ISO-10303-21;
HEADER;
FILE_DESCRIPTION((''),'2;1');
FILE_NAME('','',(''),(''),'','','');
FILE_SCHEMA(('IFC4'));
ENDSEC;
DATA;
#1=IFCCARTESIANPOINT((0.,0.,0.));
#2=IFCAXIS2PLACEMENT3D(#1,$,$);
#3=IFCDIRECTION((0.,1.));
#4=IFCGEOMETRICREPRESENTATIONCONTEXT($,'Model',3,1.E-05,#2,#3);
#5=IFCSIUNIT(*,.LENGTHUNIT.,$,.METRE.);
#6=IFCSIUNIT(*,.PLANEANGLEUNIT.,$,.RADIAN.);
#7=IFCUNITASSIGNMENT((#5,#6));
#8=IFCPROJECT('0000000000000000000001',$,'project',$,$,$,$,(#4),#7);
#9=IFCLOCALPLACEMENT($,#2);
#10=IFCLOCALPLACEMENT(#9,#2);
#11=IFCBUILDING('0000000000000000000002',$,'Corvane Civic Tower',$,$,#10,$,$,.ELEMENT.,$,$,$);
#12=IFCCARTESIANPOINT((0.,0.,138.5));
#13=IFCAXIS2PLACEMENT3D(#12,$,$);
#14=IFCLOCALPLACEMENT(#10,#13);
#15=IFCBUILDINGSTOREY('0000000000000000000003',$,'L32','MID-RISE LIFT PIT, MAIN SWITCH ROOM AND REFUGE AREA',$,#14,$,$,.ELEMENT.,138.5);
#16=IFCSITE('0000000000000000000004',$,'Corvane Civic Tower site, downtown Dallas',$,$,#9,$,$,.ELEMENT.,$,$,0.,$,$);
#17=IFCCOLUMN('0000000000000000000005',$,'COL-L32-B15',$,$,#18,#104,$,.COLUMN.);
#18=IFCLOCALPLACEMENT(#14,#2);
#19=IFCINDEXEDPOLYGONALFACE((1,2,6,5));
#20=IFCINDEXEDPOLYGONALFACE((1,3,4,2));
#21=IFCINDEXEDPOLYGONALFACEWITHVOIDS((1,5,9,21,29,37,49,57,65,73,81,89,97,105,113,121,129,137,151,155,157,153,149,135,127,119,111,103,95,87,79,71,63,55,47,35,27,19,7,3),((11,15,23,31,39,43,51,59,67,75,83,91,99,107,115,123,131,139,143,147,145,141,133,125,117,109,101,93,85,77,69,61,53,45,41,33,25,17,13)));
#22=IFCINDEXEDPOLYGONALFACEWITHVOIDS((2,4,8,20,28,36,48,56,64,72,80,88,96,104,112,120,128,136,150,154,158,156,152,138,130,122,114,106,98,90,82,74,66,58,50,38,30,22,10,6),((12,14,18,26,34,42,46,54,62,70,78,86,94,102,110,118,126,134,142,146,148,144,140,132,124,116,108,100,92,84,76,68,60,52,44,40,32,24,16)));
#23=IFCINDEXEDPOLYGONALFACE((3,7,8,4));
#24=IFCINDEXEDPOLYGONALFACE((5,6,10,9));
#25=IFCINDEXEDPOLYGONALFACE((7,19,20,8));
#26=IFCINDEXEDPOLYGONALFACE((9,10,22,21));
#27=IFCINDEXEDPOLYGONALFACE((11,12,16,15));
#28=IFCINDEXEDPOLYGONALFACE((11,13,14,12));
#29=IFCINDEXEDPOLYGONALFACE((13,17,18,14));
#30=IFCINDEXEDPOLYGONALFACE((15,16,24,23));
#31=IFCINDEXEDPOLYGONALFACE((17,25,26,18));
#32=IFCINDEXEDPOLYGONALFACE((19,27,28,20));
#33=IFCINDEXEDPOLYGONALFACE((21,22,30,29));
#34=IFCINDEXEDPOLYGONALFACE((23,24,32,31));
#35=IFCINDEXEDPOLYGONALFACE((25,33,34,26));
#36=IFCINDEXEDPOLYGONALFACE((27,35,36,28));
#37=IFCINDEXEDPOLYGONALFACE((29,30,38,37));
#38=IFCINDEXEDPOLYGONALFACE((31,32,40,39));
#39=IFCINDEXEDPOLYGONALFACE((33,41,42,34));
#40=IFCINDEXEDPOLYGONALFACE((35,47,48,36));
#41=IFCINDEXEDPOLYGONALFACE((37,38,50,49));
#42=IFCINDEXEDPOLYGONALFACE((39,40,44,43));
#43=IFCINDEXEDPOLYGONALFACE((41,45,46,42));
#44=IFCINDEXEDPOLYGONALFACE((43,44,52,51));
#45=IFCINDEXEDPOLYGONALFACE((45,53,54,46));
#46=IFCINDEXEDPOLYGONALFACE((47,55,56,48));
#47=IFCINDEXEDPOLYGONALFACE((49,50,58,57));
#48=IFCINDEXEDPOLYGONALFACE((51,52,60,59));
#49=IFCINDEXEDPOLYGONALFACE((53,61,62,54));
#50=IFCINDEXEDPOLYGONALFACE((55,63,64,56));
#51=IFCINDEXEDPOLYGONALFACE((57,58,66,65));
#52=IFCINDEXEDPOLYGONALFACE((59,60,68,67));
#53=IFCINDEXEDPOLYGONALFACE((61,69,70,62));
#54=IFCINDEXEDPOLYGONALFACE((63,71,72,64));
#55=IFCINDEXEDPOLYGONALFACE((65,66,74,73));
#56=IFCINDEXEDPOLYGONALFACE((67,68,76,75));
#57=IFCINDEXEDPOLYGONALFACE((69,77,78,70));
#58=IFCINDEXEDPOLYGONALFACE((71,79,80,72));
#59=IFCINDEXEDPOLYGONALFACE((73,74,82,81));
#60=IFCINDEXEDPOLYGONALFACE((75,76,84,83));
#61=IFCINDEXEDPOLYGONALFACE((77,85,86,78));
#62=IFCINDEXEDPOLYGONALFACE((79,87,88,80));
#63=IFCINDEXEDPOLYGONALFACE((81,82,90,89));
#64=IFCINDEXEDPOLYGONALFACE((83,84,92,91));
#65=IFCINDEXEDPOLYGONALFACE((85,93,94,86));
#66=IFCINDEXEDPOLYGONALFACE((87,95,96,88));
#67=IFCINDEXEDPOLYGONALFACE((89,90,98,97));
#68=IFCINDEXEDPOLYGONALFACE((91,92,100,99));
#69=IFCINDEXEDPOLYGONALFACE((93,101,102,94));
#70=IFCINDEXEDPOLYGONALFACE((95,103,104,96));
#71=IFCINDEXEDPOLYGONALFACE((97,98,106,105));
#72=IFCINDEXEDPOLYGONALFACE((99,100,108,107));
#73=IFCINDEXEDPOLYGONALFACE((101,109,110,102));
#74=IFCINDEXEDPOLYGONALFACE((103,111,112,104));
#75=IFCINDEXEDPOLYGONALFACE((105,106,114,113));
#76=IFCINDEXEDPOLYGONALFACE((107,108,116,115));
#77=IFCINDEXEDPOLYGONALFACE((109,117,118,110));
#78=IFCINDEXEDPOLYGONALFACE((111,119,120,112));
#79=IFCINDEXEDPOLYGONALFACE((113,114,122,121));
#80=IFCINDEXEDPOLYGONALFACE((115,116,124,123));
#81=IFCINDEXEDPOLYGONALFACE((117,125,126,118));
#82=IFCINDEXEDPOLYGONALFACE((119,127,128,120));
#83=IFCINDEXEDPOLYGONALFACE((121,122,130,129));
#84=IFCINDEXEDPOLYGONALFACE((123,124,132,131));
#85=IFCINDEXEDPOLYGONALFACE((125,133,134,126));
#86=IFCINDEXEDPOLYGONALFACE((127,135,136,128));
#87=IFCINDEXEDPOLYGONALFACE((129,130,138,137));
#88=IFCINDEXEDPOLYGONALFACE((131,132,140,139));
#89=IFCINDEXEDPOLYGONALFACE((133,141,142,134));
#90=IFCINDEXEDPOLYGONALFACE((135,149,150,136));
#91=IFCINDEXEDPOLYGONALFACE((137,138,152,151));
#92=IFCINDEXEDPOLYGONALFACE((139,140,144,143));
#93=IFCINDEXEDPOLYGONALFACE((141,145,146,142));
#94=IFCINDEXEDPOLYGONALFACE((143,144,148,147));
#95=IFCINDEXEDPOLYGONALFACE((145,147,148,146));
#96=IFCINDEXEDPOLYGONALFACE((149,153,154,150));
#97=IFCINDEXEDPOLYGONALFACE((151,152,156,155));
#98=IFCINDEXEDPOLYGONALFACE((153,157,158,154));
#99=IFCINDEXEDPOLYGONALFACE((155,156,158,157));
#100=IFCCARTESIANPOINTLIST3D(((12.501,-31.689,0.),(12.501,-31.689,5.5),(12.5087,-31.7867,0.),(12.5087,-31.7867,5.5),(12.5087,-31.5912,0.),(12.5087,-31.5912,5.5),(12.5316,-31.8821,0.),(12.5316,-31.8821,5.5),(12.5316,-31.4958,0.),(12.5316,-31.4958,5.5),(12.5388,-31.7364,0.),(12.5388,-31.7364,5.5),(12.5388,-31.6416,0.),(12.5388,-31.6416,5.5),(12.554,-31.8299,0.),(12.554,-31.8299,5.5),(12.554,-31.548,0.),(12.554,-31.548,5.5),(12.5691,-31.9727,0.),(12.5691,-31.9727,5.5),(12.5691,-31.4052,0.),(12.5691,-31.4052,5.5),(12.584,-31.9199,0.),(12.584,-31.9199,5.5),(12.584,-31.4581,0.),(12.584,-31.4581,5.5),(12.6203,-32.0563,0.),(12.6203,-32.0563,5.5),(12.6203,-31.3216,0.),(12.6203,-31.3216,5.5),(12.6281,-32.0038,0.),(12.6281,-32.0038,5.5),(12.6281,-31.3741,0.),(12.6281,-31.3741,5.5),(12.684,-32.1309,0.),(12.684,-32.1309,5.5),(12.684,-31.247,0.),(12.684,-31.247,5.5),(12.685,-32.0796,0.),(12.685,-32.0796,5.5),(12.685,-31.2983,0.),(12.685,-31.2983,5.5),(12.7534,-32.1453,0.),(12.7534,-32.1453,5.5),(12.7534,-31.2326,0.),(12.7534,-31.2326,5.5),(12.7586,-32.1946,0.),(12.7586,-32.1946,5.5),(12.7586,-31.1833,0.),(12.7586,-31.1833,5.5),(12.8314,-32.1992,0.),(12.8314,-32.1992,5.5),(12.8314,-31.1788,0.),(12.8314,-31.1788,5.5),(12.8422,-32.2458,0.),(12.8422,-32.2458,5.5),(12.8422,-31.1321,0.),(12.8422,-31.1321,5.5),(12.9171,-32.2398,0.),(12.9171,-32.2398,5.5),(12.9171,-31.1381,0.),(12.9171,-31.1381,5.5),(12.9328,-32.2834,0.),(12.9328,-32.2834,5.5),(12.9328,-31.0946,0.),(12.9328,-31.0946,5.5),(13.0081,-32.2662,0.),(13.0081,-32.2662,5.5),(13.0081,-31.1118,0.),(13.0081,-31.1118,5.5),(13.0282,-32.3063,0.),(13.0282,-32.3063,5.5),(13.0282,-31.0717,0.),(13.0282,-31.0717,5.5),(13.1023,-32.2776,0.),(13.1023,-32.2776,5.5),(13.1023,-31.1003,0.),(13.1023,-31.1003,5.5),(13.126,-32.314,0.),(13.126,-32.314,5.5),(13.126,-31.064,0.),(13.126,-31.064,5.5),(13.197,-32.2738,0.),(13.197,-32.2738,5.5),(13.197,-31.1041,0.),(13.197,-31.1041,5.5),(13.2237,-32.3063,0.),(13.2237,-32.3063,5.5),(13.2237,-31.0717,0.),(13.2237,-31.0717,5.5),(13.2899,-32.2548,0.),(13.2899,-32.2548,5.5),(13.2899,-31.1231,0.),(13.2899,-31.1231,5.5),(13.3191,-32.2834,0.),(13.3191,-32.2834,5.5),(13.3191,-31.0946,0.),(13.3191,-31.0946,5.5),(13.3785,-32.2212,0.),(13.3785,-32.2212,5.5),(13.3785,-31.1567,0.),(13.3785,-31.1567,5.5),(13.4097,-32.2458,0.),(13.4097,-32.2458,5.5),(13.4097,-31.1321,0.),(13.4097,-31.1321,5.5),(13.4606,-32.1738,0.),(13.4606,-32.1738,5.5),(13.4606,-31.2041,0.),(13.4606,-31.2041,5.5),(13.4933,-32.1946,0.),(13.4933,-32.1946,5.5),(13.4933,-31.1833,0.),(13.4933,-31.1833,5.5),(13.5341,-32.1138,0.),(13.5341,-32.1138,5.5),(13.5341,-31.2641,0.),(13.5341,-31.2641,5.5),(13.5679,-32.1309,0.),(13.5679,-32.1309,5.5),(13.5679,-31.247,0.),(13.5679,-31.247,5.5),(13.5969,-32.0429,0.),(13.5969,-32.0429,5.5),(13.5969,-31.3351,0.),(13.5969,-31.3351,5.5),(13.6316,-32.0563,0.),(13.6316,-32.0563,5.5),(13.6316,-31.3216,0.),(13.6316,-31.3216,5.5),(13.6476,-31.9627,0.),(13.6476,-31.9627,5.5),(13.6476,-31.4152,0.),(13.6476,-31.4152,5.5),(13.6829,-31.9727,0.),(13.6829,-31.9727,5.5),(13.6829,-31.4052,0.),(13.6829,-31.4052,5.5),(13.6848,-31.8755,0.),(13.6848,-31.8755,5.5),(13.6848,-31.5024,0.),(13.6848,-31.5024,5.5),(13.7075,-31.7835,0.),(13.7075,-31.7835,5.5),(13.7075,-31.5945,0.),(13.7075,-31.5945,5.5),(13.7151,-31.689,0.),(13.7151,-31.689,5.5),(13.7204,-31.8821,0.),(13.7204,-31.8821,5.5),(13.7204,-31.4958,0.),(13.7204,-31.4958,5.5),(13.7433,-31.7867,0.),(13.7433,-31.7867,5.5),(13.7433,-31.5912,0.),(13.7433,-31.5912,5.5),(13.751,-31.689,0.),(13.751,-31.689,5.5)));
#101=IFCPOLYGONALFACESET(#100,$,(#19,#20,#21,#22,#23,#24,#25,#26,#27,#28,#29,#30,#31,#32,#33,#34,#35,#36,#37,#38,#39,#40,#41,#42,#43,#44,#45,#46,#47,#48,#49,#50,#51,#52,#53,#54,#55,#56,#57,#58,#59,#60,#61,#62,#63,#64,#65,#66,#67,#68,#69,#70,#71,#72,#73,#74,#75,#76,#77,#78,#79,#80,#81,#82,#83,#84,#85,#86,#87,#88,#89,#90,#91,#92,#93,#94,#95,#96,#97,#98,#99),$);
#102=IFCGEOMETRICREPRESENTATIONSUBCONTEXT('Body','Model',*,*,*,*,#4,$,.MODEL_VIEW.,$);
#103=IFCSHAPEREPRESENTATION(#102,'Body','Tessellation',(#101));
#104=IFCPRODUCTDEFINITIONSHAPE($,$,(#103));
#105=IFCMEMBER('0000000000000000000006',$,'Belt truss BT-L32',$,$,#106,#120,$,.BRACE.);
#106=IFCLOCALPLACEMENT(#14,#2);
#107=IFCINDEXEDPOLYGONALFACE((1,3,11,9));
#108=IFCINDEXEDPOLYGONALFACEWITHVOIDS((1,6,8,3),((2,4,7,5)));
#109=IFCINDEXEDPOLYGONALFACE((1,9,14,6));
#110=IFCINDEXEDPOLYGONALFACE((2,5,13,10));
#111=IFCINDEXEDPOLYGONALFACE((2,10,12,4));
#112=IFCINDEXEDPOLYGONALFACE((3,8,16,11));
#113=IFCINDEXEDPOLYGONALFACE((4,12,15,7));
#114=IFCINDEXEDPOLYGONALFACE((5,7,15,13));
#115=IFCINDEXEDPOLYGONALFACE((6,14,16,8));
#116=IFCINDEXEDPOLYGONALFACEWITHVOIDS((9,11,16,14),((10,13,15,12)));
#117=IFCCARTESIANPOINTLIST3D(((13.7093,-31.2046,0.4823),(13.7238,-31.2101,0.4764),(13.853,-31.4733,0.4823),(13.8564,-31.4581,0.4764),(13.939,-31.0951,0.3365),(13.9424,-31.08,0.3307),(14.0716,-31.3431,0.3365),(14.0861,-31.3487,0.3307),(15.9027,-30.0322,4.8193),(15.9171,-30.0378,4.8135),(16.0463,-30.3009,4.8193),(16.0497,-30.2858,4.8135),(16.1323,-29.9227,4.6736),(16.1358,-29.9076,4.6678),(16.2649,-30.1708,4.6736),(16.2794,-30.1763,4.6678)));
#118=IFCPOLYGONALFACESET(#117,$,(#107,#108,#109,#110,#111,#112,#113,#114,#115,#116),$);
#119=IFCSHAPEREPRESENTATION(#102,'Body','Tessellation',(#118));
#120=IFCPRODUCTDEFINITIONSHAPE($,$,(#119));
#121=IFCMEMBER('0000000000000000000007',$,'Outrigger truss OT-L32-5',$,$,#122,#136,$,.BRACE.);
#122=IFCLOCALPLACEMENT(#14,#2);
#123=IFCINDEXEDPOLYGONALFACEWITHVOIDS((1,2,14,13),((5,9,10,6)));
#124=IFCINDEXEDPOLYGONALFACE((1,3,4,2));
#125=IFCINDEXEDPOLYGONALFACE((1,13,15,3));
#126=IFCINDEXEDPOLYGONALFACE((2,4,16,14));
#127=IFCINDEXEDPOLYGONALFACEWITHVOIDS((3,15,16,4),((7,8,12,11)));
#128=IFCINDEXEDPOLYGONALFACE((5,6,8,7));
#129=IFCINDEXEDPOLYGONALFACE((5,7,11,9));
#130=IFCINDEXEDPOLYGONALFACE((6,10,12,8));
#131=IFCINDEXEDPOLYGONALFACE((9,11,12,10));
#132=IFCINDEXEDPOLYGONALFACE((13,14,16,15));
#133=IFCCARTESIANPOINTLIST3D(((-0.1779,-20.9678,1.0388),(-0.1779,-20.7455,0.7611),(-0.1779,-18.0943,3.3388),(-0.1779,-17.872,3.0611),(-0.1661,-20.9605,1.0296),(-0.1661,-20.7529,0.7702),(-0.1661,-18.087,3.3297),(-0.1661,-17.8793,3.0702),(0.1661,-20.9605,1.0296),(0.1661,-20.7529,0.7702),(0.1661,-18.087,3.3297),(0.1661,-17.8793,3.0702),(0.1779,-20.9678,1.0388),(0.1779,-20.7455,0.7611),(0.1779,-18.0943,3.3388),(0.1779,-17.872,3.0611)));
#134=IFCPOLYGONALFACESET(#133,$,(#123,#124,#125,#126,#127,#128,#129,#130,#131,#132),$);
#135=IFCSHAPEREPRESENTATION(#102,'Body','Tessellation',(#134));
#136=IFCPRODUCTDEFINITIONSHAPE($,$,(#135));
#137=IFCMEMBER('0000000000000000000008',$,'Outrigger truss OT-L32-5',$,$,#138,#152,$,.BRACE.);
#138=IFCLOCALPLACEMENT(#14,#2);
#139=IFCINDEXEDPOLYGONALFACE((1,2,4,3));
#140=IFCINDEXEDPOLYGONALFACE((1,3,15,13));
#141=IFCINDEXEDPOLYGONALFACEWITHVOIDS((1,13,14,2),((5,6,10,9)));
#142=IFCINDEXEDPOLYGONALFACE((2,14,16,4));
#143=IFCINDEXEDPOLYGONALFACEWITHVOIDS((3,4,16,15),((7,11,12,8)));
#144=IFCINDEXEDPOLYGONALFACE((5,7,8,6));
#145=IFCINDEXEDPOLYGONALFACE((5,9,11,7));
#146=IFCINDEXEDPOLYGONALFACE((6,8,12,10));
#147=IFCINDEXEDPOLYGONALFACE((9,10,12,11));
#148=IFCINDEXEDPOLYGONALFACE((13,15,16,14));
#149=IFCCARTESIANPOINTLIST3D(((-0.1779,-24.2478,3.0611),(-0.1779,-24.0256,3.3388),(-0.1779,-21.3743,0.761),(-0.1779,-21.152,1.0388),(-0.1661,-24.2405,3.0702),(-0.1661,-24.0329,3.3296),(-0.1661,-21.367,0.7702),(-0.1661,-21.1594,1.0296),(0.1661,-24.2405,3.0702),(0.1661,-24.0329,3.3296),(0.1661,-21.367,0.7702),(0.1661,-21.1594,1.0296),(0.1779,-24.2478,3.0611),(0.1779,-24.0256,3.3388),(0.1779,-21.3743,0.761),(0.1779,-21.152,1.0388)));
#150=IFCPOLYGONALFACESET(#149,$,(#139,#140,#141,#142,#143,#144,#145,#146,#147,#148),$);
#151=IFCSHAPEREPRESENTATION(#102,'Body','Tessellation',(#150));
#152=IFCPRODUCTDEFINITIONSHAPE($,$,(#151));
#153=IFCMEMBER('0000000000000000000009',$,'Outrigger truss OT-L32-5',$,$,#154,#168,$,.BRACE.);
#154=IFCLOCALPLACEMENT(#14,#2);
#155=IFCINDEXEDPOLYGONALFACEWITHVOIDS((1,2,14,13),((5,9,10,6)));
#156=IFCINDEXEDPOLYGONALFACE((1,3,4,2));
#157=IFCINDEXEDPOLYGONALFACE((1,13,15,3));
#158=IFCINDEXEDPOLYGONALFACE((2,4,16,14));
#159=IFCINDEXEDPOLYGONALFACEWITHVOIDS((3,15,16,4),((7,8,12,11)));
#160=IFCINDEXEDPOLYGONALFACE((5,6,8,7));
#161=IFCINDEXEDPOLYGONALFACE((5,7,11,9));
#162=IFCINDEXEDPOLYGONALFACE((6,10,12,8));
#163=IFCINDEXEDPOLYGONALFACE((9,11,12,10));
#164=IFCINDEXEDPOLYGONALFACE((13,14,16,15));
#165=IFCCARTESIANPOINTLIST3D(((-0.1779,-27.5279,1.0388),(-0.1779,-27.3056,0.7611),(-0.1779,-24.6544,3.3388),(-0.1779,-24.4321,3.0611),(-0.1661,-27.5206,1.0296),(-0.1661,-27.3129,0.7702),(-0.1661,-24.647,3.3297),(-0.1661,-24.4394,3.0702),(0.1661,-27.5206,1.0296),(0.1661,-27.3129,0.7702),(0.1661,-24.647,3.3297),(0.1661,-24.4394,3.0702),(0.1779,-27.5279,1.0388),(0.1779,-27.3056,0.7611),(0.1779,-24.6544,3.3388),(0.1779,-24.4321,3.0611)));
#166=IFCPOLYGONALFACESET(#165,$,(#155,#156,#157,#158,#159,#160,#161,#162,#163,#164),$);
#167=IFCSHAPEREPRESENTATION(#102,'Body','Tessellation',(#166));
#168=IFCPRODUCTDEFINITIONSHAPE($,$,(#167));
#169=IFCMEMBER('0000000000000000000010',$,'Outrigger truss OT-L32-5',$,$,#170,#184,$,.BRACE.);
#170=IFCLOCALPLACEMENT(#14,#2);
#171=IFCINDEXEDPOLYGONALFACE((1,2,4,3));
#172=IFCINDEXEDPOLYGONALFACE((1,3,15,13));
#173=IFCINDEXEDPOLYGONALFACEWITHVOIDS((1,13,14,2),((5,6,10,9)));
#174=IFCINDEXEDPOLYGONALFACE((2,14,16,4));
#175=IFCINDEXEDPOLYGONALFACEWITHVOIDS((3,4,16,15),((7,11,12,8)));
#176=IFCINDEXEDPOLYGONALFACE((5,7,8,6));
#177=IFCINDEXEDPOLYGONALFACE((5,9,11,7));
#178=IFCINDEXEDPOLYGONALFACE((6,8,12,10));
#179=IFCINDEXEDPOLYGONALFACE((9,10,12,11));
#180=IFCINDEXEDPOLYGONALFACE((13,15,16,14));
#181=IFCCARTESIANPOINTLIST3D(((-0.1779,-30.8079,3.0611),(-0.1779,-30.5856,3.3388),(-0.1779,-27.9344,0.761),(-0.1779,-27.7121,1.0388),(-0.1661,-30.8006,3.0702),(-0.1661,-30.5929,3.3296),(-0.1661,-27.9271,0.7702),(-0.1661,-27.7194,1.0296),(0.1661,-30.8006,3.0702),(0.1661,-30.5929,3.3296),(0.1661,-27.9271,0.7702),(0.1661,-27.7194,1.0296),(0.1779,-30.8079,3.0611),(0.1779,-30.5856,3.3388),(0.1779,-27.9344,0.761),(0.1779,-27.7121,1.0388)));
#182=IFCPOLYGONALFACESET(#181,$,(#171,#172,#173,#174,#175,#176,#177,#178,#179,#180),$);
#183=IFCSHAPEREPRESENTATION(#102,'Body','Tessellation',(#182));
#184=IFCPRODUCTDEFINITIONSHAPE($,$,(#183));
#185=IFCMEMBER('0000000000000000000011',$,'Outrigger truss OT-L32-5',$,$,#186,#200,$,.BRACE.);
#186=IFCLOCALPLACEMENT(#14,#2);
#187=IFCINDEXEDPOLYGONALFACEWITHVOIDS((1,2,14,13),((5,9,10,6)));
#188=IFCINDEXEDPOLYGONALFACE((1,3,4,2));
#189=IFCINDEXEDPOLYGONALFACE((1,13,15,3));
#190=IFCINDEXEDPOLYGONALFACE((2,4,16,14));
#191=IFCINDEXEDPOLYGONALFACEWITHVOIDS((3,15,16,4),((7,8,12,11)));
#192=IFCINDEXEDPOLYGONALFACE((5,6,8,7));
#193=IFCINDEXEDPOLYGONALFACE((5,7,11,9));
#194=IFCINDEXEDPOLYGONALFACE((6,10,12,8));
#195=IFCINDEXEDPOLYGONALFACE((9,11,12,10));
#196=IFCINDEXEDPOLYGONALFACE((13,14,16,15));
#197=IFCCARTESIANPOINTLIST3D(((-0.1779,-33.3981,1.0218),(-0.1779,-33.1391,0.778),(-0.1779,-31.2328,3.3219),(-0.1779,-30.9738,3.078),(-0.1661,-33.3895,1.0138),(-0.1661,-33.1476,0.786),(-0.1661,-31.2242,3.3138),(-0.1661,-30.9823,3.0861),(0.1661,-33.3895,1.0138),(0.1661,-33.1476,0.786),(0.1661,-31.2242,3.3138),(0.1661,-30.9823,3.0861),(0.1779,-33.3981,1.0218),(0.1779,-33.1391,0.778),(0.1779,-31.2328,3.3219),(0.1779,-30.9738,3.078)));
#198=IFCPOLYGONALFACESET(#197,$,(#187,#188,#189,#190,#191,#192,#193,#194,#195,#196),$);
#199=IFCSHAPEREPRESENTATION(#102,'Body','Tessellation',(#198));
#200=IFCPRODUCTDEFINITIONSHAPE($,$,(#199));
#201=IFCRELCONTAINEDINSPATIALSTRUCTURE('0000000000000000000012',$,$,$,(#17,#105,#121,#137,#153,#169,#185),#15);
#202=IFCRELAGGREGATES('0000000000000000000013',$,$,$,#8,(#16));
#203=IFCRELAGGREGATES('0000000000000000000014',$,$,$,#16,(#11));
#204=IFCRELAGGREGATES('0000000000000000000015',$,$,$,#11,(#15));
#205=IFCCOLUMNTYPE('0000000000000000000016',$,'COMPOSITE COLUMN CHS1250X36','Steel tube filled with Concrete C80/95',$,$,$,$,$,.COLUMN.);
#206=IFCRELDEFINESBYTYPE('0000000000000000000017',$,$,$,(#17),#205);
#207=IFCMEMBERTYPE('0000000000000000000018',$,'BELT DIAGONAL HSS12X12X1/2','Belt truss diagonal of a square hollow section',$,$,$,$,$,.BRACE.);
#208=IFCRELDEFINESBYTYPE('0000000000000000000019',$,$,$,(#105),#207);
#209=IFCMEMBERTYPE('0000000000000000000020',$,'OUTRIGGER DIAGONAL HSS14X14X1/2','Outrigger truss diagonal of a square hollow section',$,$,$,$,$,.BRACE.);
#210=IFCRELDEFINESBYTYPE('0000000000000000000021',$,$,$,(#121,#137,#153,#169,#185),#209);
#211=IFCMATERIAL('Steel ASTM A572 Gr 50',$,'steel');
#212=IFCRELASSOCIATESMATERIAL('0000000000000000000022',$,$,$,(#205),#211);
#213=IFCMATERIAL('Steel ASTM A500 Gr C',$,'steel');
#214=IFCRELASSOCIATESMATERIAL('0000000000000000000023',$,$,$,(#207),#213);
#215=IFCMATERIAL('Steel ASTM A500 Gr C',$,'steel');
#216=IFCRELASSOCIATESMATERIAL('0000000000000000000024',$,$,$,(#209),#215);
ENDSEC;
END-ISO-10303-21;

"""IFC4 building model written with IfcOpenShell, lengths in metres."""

from ifc_helpers import new_model, si_unit, direction, frame, origin, origin_2d, place, context, subcontext, project, spatial, hollow_rectangle, hollow_circle, extrude, material, material_profile, profile_set, type_object, element, save


model = new_model("IFC4")

# Units and contexts
model_context = context("Model", 3, precision=1e-05, world=origin(), true_north=direction((0.0, 1.0)))
body_context = subcontext(model_context, "Body", "Model", "MODEL_VIEW")
ifc_project = project(units=[si_unit("LENGTHUNIT", "METRE"), si_unit("PLANEANGLEUNIT", "RADIAN")], contexts=[model_context])

# Site, building, storey
site_placement = place(None, origin())
site = spatial("IfcSite", under=ifc_project, at=site_placement, Name="Corvane Civic Tower site, downtown Dallas", CompositionType="ELEMENT", RefElevation=0.0)
building_placement = place(site_placement, origin())
building = spatial("IfcBuilding", under=site, at=building_placement, Name="Corvane Civic Tower", CompositionType="ELEMENT")
storey_placement = place(building_placement, frame((0.0, 0.0, 138.5)))
storey = spatial("IfcBuildingStorey", under=building, at=storey_placement, Name="L32", Description="MID-RISE LIFT PIT, MAIN SWITCH ROOM AND REFUGE AREA", CompositionType="ELEMENT", Elevation=138.5)

# Column
ifc_material_1 = material(Name="Steel ASTM A572 Gr 50", Category="steel")
ifc_material_profile_1 = material_profile(ifc_material_1, hollow_circle(Radius=0.625, WallThickness=0.0359, at=origin_2d()), Name="CHS1250X36")
ifc_profile_set_1 = profile_set([ifc_material_profile_1], Name="Steel ASTM A572 Gr 50")
column_type_1 = type_object("IfcColumnType", Name="COMPOSITE COLUMN CHS1250X36", Description="Steel tube filled with Concrete C80/95", PredefinedType="COLUMN", material=ifc_profile_set_1)
column_placement = place(storey_placement, frame((13.126, -31.689, 0.0), z_axis=(0.0, 0.0, 1.0), x_axis=(1.0, 0.0, 0.0)))
element("IfcColumn", 1, at=column_placement, inside=storey, type_object=column_type_1, Name="COL-L32-B15", PredefinedType="COLUMN", context=body_context, shape_type="SweptSolid", body=[
    extrude(hollow_circle(Radius=0.625, WallThickness=0.0359, at=origin_2d()), origin(), (0.0, 0.0, 1.0), 5.5),
])

# Members
ifc_material_2 = material(Name="Steel ASTM A500 Gr C", Category="steel")
ifc_material_profile_2 = material_profile(ifc_material_2, hollow_rectangle(XDim=0.3047, YDim=0.3047, WallThickness=0.0117, at=origin_2d()), Name="HSS12X12X1/2")
ifc_profile_set_2 = profile_set([ifc_material_profile_2], Name="Steel ASTM A500 Gr C")
member_type_1 = type_object("IfcMemberType", Name="BELT DIAGONAL HSS12X12X1/2", Description="Belt truss diagonal of a square hollow section", PredefinedType="BRACE", material=ifc_profile_set_2)
member_1_placement = place(storey_placement, frame((13.8977, -31.2766, 0.4065), z_axis=(0.438705, 0.23449, 0.867498), x_axis=(-0.471393, 0.881923, 0.0)))
element("IfcMember", 2, at=member_1_placement, inside=storey, type_object=member_type_1, Name="Belt truss BT-L32", PredefinedType="BRACE", context=body_context, shape_type="SweptSolid", body=[
    extrude(hollow_rectangle(XDim=0.3047, YDim=0.3047, WallThickness=0.0117, at=origin_2d()), origin(), (0.0, 0.0, 1.0), 4.9995),
])
ifc_material_3 = material(Name="Steel ASTM A500 Gr C", Category="steel")
ifc_material_profile_3 = material_profile(ifc_material_3, hollow_rectangle(XDim=0.3557, YDim=0.3557, WallThickness=0.0117, at=origin_2d()), Name="HSS14X14X1/2")
ifc_profile_set_3 = profile_set([ifc_material_profile_3], Name="Steel ASTM A500 Gr C")
member_type_2 = type_object("IfcMemberType", Name="OUTRIGGER DIAGONAL HSS14X14X1/2", Description="Outrigger truss diagonal of a square hollow section", PredefinedType="BRACE", material=ifc_profile_set_3)
for number, where, z_axis, x_axis, name in (
    (3, (0.0, -17.9832, 3.2), (0.0, -0.780707, -0.624897), (1.0, 0.0, 0.0), "Outrigger truss OT-L32-5"),
    (4, (0.0, -21.2632, 0.8999), (0.0, -0.780707, 0.624897), (1.0, 0.0, 0.0), "Outrigger truss OT-L32-5"),
    (5, (0.0, -24.5432, 3.2), (0.0, -0.780707, -0.624897), (1.0, 0.0, 0.0), "Outrigger truss OT-L32-5"),
    (6, (0.0, -27.8232, 0.8999), (0.0, -0.780707, 0.624897), (1.0, 0.0, 0.0), "Outrigger truss OT-L32-5"),
):
    element("IfcMember", number, at=place(storey_placement, frame(where, z_axis=z_axis, x_axis=x_axis)), inside=storey, type_object=member_type_2, Name=name, PredefinedType="BRACE", context=body_context, shape_type="SweptSolid", body=[
        extrude(hollow_rectangle(XDim=0.3557, YDim=0.3557, WallThickness=0.0117, at=origin_2d()), origin(), (0.0, 0.0, 1.0), 3.6807),
    ])
member_2_placement = place(storey_placement, frame((0.0, -31.1033, 3.2), z_axis=(0.0, -0.685454, -0.728116), x_axis=(1.0, 0.0, 0.0)))
element("IfcMember", 7, at=member_2_placement, inside=storey, type_object=member_type_2, Name="Outrigger truss OT-L32-5", PredefinedType="BRACE", context=body_context, shape_type="SweptSolid", body=[
    extrude(hollow_rectangle(XDim=0.3557, YDim=0.3557, WallThickness=0.0117, at=origin_2d()), origin(), (0.0, 0.0, 1.0), 3.1589),
])

save(model, "model.ifc")
